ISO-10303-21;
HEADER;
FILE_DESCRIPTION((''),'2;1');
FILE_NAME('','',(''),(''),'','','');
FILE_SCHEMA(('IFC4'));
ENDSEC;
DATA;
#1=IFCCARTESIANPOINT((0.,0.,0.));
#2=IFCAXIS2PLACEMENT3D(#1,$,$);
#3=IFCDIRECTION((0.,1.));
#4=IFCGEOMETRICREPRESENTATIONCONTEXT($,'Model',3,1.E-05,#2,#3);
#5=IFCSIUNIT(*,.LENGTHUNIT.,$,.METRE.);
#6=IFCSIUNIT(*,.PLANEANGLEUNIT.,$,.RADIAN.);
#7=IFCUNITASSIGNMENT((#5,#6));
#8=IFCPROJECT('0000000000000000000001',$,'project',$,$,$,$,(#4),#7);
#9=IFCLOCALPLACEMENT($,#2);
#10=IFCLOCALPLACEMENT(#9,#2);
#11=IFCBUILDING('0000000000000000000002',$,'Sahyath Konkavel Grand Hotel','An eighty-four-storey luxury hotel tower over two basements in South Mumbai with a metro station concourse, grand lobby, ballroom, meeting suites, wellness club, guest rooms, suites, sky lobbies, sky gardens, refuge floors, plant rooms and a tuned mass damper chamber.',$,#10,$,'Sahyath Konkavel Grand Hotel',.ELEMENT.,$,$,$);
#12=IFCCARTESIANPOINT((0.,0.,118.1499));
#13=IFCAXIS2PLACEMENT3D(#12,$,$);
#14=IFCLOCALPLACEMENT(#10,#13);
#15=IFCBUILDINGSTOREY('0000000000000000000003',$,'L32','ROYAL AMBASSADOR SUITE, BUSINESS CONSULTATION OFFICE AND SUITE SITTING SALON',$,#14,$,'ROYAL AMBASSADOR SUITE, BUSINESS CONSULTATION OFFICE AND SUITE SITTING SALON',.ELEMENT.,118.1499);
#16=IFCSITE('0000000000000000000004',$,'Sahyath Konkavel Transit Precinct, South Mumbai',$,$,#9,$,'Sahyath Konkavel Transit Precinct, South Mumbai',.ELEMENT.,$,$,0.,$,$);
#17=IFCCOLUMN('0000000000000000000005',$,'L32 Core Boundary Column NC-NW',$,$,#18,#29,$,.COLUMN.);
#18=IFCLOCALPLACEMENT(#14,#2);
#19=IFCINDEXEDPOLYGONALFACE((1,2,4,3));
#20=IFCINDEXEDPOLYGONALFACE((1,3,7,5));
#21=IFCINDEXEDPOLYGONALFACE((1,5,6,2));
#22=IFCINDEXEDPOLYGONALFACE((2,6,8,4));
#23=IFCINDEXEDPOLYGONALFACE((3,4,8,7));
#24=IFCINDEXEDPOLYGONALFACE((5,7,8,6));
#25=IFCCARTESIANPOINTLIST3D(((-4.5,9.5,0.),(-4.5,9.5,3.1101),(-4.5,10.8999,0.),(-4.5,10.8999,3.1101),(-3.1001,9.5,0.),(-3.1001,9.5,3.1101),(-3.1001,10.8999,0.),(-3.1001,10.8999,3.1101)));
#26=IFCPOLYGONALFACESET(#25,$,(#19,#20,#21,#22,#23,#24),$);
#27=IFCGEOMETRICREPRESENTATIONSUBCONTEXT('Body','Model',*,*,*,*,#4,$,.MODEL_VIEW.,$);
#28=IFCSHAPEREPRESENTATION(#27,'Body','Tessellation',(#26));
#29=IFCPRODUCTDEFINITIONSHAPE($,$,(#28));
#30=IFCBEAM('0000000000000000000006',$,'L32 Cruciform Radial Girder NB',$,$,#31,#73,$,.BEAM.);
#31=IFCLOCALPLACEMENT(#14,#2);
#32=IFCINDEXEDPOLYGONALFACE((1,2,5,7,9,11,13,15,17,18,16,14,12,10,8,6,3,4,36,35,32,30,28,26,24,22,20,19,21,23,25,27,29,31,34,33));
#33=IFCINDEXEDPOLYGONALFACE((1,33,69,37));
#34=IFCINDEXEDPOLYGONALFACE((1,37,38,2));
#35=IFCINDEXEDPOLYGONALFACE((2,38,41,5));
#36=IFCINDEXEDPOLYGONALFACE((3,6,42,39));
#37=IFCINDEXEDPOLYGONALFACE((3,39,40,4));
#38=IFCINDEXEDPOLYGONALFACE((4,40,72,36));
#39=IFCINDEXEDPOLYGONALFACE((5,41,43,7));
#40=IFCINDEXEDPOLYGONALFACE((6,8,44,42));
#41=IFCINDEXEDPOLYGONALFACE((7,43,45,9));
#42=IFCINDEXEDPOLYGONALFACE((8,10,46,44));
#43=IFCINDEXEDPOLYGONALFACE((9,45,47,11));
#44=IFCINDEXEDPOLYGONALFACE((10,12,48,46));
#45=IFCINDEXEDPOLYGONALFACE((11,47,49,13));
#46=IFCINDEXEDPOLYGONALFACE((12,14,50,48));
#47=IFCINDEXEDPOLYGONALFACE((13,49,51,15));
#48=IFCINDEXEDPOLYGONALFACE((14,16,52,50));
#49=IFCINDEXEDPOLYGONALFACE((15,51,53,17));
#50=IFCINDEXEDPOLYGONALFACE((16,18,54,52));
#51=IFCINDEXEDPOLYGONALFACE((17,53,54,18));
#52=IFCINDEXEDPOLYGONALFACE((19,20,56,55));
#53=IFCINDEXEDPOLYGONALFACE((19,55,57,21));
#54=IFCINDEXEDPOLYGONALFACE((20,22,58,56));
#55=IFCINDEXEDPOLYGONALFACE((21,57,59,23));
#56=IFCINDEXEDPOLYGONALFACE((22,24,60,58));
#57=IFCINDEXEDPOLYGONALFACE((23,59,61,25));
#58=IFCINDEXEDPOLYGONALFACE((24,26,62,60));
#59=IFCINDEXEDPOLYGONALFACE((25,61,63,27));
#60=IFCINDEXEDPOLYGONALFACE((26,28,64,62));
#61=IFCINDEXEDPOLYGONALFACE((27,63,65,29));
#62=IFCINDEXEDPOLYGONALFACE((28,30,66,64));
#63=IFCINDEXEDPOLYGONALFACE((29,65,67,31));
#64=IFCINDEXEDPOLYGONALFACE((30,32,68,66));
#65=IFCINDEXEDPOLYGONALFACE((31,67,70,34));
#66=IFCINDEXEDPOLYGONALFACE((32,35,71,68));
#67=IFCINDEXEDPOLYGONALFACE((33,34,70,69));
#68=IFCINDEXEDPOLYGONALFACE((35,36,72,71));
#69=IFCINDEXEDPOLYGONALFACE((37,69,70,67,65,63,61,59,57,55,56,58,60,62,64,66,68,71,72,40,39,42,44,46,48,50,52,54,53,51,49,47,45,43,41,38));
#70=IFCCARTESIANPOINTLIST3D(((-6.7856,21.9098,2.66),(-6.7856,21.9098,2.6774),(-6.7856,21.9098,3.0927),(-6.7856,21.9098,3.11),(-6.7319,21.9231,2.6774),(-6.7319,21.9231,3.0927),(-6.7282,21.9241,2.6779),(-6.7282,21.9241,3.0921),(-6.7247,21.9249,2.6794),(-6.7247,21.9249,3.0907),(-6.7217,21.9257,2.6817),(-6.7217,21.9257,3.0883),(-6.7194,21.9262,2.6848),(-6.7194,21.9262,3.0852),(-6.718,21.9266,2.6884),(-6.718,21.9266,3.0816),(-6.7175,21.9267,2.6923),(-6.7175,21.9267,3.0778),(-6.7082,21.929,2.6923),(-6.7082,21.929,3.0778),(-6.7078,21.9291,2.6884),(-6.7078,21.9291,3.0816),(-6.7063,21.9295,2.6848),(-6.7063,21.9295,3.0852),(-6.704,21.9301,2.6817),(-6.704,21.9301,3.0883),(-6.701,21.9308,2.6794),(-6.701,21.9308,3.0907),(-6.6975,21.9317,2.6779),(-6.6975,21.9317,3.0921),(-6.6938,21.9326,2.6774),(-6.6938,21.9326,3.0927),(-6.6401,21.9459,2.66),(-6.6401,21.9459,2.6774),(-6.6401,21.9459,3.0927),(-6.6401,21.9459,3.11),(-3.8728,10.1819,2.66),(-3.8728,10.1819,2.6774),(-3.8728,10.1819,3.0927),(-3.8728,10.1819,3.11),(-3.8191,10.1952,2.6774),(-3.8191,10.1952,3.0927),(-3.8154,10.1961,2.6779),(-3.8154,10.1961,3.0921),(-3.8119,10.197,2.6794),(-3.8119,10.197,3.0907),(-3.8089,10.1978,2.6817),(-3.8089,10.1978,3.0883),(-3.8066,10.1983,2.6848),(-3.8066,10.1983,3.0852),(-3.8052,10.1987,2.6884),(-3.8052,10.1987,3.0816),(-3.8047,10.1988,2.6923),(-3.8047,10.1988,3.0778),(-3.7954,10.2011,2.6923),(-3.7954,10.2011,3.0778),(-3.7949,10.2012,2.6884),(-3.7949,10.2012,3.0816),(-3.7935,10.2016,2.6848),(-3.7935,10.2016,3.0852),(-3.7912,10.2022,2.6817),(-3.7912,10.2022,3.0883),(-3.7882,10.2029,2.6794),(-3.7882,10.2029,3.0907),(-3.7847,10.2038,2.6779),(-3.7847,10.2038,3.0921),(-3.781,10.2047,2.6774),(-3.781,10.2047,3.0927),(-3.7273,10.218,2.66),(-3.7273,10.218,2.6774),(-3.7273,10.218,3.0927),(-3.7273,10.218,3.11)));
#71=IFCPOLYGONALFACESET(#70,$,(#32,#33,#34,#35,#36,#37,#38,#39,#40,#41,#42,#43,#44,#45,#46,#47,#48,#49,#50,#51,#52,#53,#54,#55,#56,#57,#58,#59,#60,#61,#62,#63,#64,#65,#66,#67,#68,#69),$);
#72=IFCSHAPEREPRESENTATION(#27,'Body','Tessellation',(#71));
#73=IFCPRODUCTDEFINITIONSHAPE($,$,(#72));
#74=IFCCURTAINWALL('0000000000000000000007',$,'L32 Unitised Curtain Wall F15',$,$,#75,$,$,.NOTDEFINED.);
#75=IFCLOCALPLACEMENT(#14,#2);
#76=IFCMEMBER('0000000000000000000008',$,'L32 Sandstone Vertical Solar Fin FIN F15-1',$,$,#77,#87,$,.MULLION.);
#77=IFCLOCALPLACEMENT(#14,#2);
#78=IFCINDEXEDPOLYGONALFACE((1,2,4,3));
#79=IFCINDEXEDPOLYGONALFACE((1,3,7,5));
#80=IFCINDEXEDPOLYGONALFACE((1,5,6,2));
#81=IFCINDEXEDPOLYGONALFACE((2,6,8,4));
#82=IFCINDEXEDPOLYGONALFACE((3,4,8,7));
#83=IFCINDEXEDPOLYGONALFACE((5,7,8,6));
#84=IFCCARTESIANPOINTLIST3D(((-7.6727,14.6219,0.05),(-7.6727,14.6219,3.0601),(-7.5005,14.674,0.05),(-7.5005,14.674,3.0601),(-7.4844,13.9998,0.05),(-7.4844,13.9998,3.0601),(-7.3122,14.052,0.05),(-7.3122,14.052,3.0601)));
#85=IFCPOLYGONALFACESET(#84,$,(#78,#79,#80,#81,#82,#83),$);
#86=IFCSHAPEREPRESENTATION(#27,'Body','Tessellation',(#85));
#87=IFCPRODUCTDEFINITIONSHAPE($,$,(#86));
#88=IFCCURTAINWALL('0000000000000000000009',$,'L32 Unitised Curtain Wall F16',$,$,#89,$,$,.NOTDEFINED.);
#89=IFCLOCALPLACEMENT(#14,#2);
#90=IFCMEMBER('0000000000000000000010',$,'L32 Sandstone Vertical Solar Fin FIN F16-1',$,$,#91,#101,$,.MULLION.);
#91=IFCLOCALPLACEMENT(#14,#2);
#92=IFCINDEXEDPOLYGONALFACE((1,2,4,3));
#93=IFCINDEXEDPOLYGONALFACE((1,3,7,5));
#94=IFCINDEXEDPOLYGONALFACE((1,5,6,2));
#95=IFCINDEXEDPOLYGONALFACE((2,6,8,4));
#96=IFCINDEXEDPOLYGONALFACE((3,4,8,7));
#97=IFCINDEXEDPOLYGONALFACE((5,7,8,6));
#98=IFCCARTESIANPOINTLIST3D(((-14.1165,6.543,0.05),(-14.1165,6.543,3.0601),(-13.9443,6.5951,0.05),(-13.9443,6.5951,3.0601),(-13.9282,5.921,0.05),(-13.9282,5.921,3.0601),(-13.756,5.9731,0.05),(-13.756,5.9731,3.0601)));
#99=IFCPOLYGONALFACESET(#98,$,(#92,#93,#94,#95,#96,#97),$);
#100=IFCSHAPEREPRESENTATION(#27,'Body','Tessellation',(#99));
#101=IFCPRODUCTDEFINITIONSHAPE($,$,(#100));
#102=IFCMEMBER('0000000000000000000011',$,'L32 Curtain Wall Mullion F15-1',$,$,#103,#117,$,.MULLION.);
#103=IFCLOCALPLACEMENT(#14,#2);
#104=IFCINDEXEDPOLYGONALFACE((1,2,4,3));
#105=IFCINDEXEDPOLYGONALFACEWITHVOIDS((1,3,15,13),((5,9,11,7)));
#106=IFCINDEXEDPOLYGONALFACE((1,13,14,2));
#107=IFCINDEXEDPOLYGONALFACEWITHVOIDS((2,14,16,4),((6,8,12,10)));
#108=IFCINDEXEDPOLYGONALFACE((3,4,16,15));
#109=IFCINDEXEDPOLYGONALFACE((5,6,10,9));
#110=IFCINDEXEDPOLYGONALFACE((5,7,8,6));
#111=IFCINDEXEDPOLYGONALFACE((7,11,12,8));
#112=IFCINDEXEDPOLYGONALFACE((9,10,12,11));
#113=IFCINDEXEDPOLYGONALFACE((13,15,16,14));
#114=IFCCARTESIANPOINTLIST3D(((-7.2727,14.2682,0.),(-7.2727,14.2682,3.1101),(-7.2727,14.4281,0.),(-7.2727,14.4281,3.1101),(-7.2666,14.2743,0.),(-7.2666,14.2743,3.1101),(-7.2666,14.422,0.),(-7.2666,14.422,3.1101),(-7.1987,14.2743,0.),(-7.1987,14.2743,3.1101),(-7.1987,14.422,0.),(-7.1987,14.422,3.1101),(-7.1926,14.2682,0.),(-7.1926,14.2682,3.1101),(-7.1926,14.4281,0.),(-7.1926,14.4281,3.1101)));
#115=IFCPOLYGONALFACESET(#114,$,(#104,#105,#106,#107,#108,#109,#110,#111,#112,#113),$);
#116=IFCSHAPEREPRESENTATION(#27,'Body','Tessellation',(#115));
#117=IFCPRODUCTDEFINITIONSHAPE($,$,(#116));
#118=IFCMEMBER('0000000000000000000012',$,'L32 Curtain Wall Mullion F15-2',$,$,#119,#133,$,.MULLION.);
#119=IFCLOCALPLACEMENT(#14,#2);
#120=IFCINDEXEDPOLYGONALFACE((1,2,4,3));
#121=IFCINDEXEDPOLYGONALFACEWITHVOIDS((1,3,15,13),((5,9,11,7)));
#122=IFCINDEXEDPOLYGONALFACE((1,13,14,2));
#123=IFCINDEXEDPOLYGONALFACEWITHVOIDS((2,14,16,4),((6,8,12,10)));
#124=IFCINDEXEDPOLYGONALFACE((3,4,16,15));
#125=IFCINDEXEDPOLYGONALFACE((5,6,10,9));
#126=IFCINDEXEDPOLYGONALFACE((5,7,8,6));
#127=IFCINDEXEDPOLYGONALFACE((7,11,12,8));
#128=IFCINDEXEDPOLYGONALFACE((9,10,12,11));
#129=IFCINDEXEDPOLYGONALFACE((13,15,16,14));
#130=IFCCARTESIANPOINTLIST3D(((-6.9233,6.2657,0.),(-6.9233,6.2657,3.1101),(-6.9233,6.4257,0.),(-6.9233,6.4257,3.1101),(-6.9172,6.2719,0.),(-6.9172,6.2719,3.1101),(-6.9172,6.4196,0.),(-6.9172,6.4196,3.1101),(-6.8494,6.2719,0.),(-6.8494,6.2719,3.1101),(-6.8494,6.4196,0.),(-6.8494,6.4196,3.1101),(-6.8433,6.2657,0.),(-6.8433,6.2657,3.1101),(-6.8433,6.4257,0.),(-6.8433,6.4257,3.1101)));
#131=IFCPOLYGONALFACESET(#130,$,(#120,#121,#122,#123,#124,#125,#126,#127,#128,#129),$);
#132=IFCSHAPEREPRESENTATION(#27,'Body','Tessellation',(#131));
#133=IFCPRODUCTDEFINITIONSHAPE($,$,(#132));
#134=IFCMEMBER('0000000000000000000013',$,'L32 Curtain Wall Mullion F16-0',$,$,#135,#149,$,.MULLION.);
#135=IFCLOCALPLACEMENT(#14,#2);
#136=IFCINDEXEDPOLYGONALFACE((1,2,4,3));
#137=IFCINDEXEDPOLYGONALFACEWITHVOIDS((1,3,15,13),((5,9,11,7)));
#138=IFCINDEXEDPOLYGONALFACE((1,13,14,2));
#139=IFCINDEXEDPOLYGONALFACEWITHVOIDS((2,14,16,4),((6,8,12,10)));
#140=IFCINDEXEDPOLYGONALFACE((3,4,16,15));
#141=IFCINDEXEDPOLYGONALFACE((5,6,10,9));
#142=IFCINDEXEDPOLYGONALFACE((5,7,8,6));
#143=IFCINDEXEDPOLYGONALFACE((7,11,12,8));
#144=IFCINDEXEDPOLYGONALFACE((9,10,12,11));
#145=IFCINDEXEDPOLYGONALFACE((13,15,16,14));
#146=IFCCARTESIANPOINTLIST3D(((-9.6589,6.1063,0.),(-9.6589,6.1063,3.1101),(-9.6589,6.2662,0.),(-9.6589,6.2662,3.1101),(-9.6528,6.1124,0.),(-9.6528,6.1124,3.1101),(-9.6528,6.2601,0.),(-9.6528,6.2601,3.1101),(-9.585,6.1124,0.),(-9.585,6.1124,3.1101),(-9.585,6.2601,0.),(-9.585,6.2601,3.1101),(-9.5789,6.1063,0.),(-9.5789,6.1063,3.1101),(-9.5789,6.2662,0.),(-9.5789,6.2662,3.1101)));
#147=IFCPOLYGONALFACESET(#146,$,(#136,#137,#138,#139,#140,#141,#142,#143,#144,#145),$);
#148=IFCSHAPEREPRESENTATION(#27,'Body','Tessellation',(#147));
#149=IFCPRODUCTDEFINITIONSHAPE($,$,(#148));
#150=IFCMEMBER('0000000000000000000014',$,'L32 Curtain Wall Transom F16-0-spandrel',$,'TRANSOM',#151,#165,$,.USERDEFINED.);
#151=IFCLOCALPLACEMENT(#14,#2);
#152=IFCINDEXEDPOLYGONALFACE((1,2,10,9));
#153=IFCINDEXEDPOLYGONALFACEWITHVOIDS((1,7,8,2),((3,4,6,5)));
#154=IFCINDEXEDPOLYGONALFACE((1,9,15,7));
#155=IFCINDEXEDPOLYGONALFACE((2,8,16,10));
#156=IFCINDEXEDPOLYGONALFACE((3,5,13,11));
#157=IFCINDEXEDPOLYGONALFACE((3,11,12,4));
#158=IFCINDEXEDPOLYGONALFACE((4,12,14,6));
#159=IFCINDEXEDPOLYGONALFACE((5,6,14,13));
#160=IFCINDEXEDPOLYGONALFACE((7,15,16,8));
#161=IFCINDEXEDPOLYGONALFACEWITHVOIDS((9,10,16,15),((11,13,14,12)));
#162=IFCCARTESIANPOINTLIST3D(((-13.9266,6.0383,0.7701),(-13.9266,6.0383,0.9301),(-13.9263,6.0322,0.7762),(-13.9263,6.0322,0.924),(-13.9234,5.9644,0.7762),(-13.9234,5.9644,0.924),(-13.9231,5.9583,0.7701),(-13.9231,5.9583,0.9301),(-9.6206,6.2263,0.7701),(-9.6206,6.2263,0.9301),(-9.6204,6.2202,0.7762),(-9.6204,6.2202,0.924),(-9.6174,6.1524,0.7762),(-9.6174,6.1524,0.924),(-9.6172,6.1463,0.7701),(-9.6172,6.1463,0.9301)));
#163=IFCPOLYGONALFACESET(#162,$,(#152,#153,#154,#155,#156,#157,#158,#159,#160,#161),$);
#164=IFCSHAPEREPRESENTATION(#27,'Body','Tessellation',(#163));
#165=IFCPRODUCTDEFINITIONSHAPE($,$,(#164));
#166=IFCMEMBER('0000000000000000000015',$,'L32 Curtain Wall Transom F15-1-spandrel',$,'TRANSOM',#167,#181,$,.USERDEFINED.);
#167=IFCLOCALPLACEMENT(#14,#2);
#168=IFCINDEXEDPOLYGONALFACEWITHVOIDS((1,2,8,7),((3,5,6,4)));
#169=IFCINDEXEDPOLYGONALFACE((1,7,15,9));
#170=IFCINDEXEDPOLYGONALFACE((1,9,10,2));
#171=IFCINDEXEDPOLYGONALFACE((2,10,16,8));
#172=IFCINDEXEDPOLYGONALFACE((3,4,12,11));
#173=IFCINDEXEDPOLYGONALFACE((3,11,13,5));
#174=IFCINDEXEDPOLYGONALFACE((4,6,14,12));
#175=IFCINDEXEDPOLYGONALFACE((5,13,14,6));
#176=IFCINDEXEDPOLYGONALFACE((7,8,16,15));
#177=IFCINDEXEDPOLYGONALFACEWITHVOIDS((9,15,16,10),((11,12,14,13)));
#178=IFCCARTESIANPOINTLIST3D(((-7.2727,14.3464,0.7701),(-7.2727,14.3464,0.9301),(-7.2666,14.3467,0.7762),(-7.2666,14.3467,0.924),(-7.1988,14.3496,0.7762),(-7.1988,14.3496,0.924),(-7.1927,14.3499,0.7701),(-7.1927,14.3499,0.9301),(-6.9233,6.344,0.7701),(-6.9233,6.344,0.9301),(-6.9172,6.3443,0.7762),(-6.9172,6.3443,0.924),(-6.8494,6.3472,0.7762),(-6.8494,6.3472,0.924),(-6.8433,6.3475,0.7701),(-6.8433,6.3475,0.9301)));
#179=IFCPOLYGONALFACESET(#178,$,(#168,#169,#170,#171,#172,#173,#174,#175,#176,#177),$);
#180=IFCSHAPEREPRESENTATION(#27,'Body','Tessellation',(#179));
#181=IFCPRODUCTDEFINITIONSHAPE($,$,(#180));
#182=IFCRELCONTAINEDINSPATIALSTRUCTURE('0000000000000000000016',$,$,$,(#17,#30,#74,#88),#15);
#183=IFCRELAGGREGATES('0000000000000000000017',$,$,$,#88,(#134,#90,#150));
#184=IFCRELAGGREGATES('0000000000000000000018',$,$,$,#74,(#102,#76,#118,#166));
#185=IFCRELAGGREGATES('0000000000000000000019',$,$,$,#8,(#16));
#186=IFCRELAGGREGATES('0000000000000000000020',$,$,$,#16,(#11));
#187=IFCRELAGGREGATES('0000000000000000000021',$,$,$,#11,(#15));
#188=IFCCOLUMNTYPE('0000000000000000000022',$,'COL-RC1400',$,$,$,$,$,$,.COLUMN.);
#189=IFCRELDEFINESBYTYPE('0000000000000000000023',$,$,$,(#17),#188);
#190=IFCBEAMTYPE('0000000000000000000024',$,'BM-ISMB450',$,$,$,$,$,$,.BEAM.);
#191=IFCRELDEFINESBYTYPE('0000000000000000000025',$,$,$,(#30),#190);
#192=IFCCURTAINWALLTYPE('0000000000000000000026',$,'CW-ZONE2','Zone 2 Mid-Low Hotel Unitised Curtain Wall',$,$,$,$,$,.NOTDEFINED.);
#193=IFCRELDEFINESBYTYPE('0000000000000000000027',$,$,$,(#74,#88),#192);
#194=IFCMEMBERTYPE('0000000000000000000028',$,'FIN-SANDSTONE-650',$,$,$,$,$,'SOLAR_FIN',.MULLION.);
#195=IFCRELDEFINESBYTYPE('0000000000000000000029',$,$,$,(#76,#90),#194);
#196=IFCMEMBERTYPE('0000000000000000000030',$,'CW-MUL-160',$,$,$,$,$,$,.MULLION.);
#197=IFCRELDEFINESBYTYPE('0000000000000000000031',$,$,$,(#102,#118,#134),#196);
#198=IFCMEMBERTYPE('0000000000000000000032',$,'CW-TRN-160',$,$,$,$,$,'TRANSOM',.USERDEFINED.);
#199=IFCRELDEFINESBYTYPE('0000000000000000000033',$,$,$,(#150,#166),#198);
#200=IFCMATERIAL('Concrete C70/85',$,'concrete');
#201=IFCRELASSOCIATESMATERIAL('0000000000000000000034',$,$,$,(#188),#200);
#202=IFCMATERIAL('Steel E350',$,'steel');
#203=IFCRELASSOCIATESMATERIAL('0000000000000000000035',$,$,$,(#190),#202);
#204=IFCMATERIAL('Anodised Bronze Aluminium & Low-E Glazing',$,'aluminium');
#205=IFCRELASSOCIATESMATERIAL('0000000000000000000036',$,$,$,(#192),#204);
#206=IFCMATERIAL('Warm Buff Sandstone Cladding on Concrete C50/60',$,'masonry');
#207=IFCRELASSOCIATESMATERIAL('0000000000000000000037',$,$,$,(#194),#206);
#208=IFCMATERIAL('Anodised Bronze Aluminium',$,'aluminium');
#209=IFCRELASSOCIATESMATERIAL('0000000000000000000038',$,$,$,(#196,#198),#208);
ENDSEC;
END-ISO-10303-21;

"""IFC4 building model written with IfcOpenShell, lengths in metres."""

from ifc_helpers import new_model, si_unit, direction, frame, origin, origin_2d, place, context, subcontext, project, spatial, rectangle, hollow_rectangle, i_section, extrude, source, transform, mapped, material, material_profile, profile_set, type_object, element, aggregate, save


model = new_model("IFC4")

# Units and contexts
model_context = context("Model", 3, precision=1e-05, world=origin(), true_north=direction((0.0, 1.0)))
body_context = subcontext(model_context, "Body", "Model", "MODEL_VIEW")
ifc_project = project(units=[si_unit("LENGTHUNIT", "METRE"), si_unit("PLANEANGLEUNIT", "RADIAN")], contexts=[model_context])

# Site, building, storey
site_placement = place(None, origin())
site = spatial("IfcSite", under=ifc_project, at=site_placement, Name="Sahyath Konkavel Transit Precinct, South Mumbai", LongName="Sahyath Konkavel Transit Precinct, South Mumbai", CompositionType="ELEMENT", RefElevation=0.0)
building_placement = place(site_placement, origin())
building = spatial("IfcBuilding", under=site, at=building_placement, Name="Sahyath Konkavel Grand Hotel", Description="An eighty-four-storey luxury hotel tower over two basements in South Mumbai with a metro station concourse, grand lobby, ballroom, meeting suites, wellness club, guest rooms, suites, sky lobbies, sky gardens, refuge floors, plant rooms and a tuned mass damper chamber.", LongName="Sahyath Konkavel Grand Hotel", CompositionType="ELEMENT")
storey_placement = place(building_placement, frame((0.0, 0.0, 118.1499)))
storey = spatial("IfcBuildingStorey", under=building, at=storey_placement, Name="L32", Description="ROYAL AMBASSADOR SUITE, BUSINESS CONSULTATION OFFICE AND SUITE SITTING SALON", LongName="ROYAL AMBASSADOR SUITE, BUSINESS CONSULTATION OFFICE AND SUITE SITTING SALON", CompositionType="ELEMENT", Elevation=118.1499)

# Column
ifc_material_1 = material(Name="Concrete C70/85", Category="concrete")
ifc_material_profile_1 = material_profile(ifc_material_1, rectangle(XDim=1.3999, YDim=1.3999, at=origin_2d()), Name="RC 1400x1400")
ifc_profile_set_1 = profile_set([ifc_material_profile_1], Name="Concrete C70/85")
column_type = type_object("IfcColumnType", Name="COL-RC1400", PredefinedType="COLUMN", material=ifc_profile_set_1)
shared_shape_1 = source(origin(), body_context, "Body", "SweptSolid", [
    extrude(rectangle(XDim=1.3999, YDim=1.3999, at=origin_2d()), origin(), (0.0, 0.0, 1.0), 3.1101),
])
column_placement = place(storey_placement, frame((-3.8, 10.2, 0.0), z_axis=(0.0, 0.0, 1.0), x_axis=(1.0, 0.0, 0.0)))
element("IfcColumn", 1, at=column_placement, inside=storey, type_object=column_type, Name="L32 Core Boundary Column NC-NW", PredefinedType="COLUMN", context=body_context, shape_type="MappedRepresentation", body=[
    mapped(shared_shape_1, transform((0.0, 0.0, 0.0), scale=1.0)),
])

# Beam
ifc_material_2 = material(Name="Steel E350", Category="steel")
ifc_material_profile_2 = material_profile(ifc_material_2, i_section(OverallWidth=0.1499, OverallDepth=0.45, WebThickness=0.0095, FlangeThickness=0.0173, FilletRadius=0.0149, at=origin_2d()), Name="ISMB 450")
ifc_profile_set_2 = profile_set([ifc_material_profile_2], Name="Steel E350")
beam_type_1 = type_object("IfcBeamType", Name="BM-ISMB450", PredefinedType="BEAM", material=ifc_profile_set_2)
shared_shape_2 = source(origin(), body_context, "Body", "SweptSolid", [
    extrude(i_section(OverallWidth=0.1499, OverallDepth=0.45, WebThickness=0.0095, FlangeThickness=0.0173, FilletRadius=0.0149, at=origin_2d()), origin(), (0.0, 0.0, 1.0), 12.0842),
])
beam_1_placement = place(storey_placement, frame((-3.8, 10.2, 2.885), z_axis=(-0.241043, 0.970515, 0.0), x_axis=(-0.970515, -0.241043, 0.0)))
element("IfcBeam", 2, at=beam_1_placement, inside=storey, type_object=beam_type_1, Name="L32 Cruciform Radial Girder NB", PredefinedType="BEAM", context=body_context, shape_type="MappedRepresentation", body=[
    mapped(shared_shape_2, transform((0.0, 0.0, 0.0), scale=1.0)),
])

# Curtain walls, members
ifc_material_3 = material(Name="Anodised Bronze Aluminium & Low-E Glazing", Category="aluminium")
curtain_wall_type = type_object("IfcCurtainWallType", Name="CW-ZONE2", Description="Zone 2 Mid-Low Hotel Unitised Curtain Wall", PredefinedType="NOTDEFINED", material=ifc_material_3)
curtain_wall_1_placement = place(storey_placement, origin())
curtain_wall_1 = element("IfcCurtainWall", 3, at=curtain_wall_1_placement, inside=storey, type_object=curtain_wall_type, Name="L32 Unitised Curtain Wall F15", PredefinedType="NOTDEFINED")
ifc_material_4 = material(Name="Warm Buff Sandstone Cladding on Concrete C50/60", Category="masonry")
ifc_material_profile_3 = material_profile(ifc_material_4, rectangle(XDim=0.1799, YDim=0.6499, at=origin_2d()), Name="FIN 180x650")
ifc_profile_set_3 = profile_set([ifc_material_profile_3], Name="Warm Buff Sandstone Cladding on Concrete C50/60")
member_type_1 = type_object("IfcMemberType", Name="FIN-SANDSTONE-650", ElementType="SOLAR_FIN", PredefinedType="MULLION", material=ifc_profile_set_3)
shared_shape_3 = source(origin(), body_context, "Body", "SweptSolid", [
    extrude(rectangle(XDim=0.1799, YDim=0.6499, at=origin_2d()), origin(), (0.0, 0.0, 1.0), 3.01),
])
member_1_placement = place(storey_placement, frame((-7.4924, 14.3369, 0.05), z_axis=(0.0, 0.0, 1.0), x_axis=(0.957117, 0.2897, 0.0)))
member_1 = element("IfcMember", 4, at=member_1_placement, type_object=member_type_1, Name="L32 Sandstone Vertical Solar Fin FIN F15-1", PredefinedType="MULLION", context=body_context, shape_type="MappedRepresentation", body=[
    mapped(shared_shape_3, transform((0.0, 0.0, 0.0), scale=1.0)),
])
curtain_wall_2_placement = place(storey_placement, origin())
curtain_wall_2 = element("IfcCurtainWall", 5, at=curtain_wall_2_placement, inside=storey, type_object=curtain_wall_type, Name="L32 Unitised Curtain Wall F16", PredefinedType="NOTDEFINED")
member_2_placement = place(storey_placement, frame((-13.9363, 6.2581, 0.05), z_axis=(0.0, 0.0, 1.0), x_axis=(0.957117, 0.2897, 0.0)))
member_2 = element("IfcMember", 6, at=member_2_placement, type_object=member_type_1, Name="L32 Sandstone Vertical Solar Fin FIN F16-1", PredefinedType="MULLION", context=body_context, shape_type="MappedRepresentation", body=[
    mapped(shared_shape_3, transform((0.0, 0.0, 0.0), scale=1.0)),
])

# Members
ifc_material_5 = material(Name="Anodised Bronze Aluminium", Category="aluminium")
ifc_material_profile_4 = material_profile(ifc_material_5, hollow_rectangle(XDim=0.0801, YDim=0.1599, WallThickness=0.0061, at=origin_2d()), Name="RHS 160x80x6")
ifc_profile_set_4 = profile_set([ifc_material_profile_4], Name="Anodised Bronze Aluminium")
member_type_2 = type_object("IfcMemberType", Name="CW-MUL-160", PredefinedType="MULLION", material=ifc_profile_set_4)
shared_shape_4 = source(origin(), body_context, "Body", "SweptSolid", [
    extrude(hollow_rectangle(XDim=0.0801, YDim=0.1599, WallThickness=0.0061, at=origin_2d()), origin(), (0.0, 0.0, 1.0), 3.1101),
])
member_3_placement = place(storey_placement, frame((-7.2327, 14.3481, 0.0), z_axis=(0.0, 0.0, 1.0), x_axis=(1.0, 0.0, 0.0)))
member_3 = element("IfcMember", 7, at=member_3_placement, type_object=member_type_2, Name="L32 Curtain Wall Mullion F15-1", PredefinedType="MULLION", context=body_context, shape_type="MappedRepresentation", body=[
    mapped(shared_shape_4, transform((0.0, 0.0, 0.0), scale=1.0)),
])
member_4_placement = place(storey_placement, frame((-6.8833, 6.3457, 0.0), z_axis=(0.0, 0.0, 1.0), x_axis=(1.0, 0.0, 0.0)))
member_4 = element("IfcMember", 8, at=member_4_placement, type_object=member_type_2, Name="L32 Curtain Wall Mullion F15-2", PredefinedType="MULLION", context=body_context, shape_type="MappedRepresentation", body=[
    mapped(shared_shape_4, transform((0.0, 0.0, 0.0), scale=1.0)),
])
member_5_placement = place(storey_placement, frame((-9.6189, 6.1863, 0.0), z_axis=(0.0, 0.0, 1.0), x_axis=(1.0, 0.0, 0.0)))
member_5 = element("IfcMember", 9, at=member_5_placement, type_object=member_type_2, Name="L32 Curtain Wall Mullion F16-0", PredefinedType="MULLION", context=body_context, shape_type="MappedRepresentation", body=[
    mapped(shared_shape_4, transform((0.0, 0.0, 0.0), scale=1.0)),
])
ifc_material_profile_5 = material_profile(ifc_material_5, hollow_rectangle(XDim=0.0801, YDim=0.1599, WallThickness=0.0061, at=origin_2d()), Name="RHS 160x80x6")
ifc_profile_set_5 = profile_set([ifc_material_profile_5], Name="Anodised Bronze Aluminium")
member_type_3 = type_object("IfcMemberType", Name="CW-TRN-160", ElementType="TRANSOM", PredefinedType="USERDEFINED", material=ifc_profile_set_5)
shared_shape_5 = source(origin(), body_context, "Body", "SweptSolid", [
    extrude(hollow_rectangle(XDim=0.0801, YDim=0.1599, WallThickness=0.0061, at=origin_2d()), origin(), (0.0, 0.0, 1.0), 4.3101),
])
member_6_placement = place(storey_placement, frame((-9.6189, 6.1863, 0.8501), z_axis=(-0.999048, -0.043617, 0.0), x_axis=(0.043617, -0.999048, 0.0)))
member_6 = element("IfcMember", 10, at=member_6_placement, type_object=member_type_3, Name="L32 Curtain Wall Transom F16-0-spandrel", ObjectType="TRANSOM", PredefinedType="USERDEFINED", context=body_context, shape_type="MappedRepresentation", body=[
    mapped(shared_shape_5, transform((0.0, 0.0, 0.0), scale=1.0)),
])
aggregate(curtain_wall_2, [member_5, member_2, member_6])
shared_shape_6 = source(origin(), body_context, "Body", "SweptSolid", [
    extrude(hollow_rectangle(XDim=0.0801, YDim=0.1599, WallThickness=0.0061, at=origin_2d()), origin(), (0.0, 0.0, 1.0), 8.01),
])
member_7_placement = place(storey_placement, frame((-7.2327, 14.3481, 0.8501), z_axis=(0.043616, -0.999048, 0.0), x_axis=(0.999048, 0.043616, 0.0)))
member_7 = element("IfcMember", 11, at=member_7_placement, type_object=member_type_3, Name="L32 Curtain Wall Transom F15-1-spandrel", ObjectType="TRANSOM", PredefinedType="USERDEFINED", context=body_context, shape_type="MappedRepresentation", body=[
    mapped(shared_shape_6, transform((0.0, 0.0, 0.0), scale=1.0)),
])

aggregate(curtain_wall_1, [member_3, member_1, member_4, member_7])

save(model, "model.ifc")
